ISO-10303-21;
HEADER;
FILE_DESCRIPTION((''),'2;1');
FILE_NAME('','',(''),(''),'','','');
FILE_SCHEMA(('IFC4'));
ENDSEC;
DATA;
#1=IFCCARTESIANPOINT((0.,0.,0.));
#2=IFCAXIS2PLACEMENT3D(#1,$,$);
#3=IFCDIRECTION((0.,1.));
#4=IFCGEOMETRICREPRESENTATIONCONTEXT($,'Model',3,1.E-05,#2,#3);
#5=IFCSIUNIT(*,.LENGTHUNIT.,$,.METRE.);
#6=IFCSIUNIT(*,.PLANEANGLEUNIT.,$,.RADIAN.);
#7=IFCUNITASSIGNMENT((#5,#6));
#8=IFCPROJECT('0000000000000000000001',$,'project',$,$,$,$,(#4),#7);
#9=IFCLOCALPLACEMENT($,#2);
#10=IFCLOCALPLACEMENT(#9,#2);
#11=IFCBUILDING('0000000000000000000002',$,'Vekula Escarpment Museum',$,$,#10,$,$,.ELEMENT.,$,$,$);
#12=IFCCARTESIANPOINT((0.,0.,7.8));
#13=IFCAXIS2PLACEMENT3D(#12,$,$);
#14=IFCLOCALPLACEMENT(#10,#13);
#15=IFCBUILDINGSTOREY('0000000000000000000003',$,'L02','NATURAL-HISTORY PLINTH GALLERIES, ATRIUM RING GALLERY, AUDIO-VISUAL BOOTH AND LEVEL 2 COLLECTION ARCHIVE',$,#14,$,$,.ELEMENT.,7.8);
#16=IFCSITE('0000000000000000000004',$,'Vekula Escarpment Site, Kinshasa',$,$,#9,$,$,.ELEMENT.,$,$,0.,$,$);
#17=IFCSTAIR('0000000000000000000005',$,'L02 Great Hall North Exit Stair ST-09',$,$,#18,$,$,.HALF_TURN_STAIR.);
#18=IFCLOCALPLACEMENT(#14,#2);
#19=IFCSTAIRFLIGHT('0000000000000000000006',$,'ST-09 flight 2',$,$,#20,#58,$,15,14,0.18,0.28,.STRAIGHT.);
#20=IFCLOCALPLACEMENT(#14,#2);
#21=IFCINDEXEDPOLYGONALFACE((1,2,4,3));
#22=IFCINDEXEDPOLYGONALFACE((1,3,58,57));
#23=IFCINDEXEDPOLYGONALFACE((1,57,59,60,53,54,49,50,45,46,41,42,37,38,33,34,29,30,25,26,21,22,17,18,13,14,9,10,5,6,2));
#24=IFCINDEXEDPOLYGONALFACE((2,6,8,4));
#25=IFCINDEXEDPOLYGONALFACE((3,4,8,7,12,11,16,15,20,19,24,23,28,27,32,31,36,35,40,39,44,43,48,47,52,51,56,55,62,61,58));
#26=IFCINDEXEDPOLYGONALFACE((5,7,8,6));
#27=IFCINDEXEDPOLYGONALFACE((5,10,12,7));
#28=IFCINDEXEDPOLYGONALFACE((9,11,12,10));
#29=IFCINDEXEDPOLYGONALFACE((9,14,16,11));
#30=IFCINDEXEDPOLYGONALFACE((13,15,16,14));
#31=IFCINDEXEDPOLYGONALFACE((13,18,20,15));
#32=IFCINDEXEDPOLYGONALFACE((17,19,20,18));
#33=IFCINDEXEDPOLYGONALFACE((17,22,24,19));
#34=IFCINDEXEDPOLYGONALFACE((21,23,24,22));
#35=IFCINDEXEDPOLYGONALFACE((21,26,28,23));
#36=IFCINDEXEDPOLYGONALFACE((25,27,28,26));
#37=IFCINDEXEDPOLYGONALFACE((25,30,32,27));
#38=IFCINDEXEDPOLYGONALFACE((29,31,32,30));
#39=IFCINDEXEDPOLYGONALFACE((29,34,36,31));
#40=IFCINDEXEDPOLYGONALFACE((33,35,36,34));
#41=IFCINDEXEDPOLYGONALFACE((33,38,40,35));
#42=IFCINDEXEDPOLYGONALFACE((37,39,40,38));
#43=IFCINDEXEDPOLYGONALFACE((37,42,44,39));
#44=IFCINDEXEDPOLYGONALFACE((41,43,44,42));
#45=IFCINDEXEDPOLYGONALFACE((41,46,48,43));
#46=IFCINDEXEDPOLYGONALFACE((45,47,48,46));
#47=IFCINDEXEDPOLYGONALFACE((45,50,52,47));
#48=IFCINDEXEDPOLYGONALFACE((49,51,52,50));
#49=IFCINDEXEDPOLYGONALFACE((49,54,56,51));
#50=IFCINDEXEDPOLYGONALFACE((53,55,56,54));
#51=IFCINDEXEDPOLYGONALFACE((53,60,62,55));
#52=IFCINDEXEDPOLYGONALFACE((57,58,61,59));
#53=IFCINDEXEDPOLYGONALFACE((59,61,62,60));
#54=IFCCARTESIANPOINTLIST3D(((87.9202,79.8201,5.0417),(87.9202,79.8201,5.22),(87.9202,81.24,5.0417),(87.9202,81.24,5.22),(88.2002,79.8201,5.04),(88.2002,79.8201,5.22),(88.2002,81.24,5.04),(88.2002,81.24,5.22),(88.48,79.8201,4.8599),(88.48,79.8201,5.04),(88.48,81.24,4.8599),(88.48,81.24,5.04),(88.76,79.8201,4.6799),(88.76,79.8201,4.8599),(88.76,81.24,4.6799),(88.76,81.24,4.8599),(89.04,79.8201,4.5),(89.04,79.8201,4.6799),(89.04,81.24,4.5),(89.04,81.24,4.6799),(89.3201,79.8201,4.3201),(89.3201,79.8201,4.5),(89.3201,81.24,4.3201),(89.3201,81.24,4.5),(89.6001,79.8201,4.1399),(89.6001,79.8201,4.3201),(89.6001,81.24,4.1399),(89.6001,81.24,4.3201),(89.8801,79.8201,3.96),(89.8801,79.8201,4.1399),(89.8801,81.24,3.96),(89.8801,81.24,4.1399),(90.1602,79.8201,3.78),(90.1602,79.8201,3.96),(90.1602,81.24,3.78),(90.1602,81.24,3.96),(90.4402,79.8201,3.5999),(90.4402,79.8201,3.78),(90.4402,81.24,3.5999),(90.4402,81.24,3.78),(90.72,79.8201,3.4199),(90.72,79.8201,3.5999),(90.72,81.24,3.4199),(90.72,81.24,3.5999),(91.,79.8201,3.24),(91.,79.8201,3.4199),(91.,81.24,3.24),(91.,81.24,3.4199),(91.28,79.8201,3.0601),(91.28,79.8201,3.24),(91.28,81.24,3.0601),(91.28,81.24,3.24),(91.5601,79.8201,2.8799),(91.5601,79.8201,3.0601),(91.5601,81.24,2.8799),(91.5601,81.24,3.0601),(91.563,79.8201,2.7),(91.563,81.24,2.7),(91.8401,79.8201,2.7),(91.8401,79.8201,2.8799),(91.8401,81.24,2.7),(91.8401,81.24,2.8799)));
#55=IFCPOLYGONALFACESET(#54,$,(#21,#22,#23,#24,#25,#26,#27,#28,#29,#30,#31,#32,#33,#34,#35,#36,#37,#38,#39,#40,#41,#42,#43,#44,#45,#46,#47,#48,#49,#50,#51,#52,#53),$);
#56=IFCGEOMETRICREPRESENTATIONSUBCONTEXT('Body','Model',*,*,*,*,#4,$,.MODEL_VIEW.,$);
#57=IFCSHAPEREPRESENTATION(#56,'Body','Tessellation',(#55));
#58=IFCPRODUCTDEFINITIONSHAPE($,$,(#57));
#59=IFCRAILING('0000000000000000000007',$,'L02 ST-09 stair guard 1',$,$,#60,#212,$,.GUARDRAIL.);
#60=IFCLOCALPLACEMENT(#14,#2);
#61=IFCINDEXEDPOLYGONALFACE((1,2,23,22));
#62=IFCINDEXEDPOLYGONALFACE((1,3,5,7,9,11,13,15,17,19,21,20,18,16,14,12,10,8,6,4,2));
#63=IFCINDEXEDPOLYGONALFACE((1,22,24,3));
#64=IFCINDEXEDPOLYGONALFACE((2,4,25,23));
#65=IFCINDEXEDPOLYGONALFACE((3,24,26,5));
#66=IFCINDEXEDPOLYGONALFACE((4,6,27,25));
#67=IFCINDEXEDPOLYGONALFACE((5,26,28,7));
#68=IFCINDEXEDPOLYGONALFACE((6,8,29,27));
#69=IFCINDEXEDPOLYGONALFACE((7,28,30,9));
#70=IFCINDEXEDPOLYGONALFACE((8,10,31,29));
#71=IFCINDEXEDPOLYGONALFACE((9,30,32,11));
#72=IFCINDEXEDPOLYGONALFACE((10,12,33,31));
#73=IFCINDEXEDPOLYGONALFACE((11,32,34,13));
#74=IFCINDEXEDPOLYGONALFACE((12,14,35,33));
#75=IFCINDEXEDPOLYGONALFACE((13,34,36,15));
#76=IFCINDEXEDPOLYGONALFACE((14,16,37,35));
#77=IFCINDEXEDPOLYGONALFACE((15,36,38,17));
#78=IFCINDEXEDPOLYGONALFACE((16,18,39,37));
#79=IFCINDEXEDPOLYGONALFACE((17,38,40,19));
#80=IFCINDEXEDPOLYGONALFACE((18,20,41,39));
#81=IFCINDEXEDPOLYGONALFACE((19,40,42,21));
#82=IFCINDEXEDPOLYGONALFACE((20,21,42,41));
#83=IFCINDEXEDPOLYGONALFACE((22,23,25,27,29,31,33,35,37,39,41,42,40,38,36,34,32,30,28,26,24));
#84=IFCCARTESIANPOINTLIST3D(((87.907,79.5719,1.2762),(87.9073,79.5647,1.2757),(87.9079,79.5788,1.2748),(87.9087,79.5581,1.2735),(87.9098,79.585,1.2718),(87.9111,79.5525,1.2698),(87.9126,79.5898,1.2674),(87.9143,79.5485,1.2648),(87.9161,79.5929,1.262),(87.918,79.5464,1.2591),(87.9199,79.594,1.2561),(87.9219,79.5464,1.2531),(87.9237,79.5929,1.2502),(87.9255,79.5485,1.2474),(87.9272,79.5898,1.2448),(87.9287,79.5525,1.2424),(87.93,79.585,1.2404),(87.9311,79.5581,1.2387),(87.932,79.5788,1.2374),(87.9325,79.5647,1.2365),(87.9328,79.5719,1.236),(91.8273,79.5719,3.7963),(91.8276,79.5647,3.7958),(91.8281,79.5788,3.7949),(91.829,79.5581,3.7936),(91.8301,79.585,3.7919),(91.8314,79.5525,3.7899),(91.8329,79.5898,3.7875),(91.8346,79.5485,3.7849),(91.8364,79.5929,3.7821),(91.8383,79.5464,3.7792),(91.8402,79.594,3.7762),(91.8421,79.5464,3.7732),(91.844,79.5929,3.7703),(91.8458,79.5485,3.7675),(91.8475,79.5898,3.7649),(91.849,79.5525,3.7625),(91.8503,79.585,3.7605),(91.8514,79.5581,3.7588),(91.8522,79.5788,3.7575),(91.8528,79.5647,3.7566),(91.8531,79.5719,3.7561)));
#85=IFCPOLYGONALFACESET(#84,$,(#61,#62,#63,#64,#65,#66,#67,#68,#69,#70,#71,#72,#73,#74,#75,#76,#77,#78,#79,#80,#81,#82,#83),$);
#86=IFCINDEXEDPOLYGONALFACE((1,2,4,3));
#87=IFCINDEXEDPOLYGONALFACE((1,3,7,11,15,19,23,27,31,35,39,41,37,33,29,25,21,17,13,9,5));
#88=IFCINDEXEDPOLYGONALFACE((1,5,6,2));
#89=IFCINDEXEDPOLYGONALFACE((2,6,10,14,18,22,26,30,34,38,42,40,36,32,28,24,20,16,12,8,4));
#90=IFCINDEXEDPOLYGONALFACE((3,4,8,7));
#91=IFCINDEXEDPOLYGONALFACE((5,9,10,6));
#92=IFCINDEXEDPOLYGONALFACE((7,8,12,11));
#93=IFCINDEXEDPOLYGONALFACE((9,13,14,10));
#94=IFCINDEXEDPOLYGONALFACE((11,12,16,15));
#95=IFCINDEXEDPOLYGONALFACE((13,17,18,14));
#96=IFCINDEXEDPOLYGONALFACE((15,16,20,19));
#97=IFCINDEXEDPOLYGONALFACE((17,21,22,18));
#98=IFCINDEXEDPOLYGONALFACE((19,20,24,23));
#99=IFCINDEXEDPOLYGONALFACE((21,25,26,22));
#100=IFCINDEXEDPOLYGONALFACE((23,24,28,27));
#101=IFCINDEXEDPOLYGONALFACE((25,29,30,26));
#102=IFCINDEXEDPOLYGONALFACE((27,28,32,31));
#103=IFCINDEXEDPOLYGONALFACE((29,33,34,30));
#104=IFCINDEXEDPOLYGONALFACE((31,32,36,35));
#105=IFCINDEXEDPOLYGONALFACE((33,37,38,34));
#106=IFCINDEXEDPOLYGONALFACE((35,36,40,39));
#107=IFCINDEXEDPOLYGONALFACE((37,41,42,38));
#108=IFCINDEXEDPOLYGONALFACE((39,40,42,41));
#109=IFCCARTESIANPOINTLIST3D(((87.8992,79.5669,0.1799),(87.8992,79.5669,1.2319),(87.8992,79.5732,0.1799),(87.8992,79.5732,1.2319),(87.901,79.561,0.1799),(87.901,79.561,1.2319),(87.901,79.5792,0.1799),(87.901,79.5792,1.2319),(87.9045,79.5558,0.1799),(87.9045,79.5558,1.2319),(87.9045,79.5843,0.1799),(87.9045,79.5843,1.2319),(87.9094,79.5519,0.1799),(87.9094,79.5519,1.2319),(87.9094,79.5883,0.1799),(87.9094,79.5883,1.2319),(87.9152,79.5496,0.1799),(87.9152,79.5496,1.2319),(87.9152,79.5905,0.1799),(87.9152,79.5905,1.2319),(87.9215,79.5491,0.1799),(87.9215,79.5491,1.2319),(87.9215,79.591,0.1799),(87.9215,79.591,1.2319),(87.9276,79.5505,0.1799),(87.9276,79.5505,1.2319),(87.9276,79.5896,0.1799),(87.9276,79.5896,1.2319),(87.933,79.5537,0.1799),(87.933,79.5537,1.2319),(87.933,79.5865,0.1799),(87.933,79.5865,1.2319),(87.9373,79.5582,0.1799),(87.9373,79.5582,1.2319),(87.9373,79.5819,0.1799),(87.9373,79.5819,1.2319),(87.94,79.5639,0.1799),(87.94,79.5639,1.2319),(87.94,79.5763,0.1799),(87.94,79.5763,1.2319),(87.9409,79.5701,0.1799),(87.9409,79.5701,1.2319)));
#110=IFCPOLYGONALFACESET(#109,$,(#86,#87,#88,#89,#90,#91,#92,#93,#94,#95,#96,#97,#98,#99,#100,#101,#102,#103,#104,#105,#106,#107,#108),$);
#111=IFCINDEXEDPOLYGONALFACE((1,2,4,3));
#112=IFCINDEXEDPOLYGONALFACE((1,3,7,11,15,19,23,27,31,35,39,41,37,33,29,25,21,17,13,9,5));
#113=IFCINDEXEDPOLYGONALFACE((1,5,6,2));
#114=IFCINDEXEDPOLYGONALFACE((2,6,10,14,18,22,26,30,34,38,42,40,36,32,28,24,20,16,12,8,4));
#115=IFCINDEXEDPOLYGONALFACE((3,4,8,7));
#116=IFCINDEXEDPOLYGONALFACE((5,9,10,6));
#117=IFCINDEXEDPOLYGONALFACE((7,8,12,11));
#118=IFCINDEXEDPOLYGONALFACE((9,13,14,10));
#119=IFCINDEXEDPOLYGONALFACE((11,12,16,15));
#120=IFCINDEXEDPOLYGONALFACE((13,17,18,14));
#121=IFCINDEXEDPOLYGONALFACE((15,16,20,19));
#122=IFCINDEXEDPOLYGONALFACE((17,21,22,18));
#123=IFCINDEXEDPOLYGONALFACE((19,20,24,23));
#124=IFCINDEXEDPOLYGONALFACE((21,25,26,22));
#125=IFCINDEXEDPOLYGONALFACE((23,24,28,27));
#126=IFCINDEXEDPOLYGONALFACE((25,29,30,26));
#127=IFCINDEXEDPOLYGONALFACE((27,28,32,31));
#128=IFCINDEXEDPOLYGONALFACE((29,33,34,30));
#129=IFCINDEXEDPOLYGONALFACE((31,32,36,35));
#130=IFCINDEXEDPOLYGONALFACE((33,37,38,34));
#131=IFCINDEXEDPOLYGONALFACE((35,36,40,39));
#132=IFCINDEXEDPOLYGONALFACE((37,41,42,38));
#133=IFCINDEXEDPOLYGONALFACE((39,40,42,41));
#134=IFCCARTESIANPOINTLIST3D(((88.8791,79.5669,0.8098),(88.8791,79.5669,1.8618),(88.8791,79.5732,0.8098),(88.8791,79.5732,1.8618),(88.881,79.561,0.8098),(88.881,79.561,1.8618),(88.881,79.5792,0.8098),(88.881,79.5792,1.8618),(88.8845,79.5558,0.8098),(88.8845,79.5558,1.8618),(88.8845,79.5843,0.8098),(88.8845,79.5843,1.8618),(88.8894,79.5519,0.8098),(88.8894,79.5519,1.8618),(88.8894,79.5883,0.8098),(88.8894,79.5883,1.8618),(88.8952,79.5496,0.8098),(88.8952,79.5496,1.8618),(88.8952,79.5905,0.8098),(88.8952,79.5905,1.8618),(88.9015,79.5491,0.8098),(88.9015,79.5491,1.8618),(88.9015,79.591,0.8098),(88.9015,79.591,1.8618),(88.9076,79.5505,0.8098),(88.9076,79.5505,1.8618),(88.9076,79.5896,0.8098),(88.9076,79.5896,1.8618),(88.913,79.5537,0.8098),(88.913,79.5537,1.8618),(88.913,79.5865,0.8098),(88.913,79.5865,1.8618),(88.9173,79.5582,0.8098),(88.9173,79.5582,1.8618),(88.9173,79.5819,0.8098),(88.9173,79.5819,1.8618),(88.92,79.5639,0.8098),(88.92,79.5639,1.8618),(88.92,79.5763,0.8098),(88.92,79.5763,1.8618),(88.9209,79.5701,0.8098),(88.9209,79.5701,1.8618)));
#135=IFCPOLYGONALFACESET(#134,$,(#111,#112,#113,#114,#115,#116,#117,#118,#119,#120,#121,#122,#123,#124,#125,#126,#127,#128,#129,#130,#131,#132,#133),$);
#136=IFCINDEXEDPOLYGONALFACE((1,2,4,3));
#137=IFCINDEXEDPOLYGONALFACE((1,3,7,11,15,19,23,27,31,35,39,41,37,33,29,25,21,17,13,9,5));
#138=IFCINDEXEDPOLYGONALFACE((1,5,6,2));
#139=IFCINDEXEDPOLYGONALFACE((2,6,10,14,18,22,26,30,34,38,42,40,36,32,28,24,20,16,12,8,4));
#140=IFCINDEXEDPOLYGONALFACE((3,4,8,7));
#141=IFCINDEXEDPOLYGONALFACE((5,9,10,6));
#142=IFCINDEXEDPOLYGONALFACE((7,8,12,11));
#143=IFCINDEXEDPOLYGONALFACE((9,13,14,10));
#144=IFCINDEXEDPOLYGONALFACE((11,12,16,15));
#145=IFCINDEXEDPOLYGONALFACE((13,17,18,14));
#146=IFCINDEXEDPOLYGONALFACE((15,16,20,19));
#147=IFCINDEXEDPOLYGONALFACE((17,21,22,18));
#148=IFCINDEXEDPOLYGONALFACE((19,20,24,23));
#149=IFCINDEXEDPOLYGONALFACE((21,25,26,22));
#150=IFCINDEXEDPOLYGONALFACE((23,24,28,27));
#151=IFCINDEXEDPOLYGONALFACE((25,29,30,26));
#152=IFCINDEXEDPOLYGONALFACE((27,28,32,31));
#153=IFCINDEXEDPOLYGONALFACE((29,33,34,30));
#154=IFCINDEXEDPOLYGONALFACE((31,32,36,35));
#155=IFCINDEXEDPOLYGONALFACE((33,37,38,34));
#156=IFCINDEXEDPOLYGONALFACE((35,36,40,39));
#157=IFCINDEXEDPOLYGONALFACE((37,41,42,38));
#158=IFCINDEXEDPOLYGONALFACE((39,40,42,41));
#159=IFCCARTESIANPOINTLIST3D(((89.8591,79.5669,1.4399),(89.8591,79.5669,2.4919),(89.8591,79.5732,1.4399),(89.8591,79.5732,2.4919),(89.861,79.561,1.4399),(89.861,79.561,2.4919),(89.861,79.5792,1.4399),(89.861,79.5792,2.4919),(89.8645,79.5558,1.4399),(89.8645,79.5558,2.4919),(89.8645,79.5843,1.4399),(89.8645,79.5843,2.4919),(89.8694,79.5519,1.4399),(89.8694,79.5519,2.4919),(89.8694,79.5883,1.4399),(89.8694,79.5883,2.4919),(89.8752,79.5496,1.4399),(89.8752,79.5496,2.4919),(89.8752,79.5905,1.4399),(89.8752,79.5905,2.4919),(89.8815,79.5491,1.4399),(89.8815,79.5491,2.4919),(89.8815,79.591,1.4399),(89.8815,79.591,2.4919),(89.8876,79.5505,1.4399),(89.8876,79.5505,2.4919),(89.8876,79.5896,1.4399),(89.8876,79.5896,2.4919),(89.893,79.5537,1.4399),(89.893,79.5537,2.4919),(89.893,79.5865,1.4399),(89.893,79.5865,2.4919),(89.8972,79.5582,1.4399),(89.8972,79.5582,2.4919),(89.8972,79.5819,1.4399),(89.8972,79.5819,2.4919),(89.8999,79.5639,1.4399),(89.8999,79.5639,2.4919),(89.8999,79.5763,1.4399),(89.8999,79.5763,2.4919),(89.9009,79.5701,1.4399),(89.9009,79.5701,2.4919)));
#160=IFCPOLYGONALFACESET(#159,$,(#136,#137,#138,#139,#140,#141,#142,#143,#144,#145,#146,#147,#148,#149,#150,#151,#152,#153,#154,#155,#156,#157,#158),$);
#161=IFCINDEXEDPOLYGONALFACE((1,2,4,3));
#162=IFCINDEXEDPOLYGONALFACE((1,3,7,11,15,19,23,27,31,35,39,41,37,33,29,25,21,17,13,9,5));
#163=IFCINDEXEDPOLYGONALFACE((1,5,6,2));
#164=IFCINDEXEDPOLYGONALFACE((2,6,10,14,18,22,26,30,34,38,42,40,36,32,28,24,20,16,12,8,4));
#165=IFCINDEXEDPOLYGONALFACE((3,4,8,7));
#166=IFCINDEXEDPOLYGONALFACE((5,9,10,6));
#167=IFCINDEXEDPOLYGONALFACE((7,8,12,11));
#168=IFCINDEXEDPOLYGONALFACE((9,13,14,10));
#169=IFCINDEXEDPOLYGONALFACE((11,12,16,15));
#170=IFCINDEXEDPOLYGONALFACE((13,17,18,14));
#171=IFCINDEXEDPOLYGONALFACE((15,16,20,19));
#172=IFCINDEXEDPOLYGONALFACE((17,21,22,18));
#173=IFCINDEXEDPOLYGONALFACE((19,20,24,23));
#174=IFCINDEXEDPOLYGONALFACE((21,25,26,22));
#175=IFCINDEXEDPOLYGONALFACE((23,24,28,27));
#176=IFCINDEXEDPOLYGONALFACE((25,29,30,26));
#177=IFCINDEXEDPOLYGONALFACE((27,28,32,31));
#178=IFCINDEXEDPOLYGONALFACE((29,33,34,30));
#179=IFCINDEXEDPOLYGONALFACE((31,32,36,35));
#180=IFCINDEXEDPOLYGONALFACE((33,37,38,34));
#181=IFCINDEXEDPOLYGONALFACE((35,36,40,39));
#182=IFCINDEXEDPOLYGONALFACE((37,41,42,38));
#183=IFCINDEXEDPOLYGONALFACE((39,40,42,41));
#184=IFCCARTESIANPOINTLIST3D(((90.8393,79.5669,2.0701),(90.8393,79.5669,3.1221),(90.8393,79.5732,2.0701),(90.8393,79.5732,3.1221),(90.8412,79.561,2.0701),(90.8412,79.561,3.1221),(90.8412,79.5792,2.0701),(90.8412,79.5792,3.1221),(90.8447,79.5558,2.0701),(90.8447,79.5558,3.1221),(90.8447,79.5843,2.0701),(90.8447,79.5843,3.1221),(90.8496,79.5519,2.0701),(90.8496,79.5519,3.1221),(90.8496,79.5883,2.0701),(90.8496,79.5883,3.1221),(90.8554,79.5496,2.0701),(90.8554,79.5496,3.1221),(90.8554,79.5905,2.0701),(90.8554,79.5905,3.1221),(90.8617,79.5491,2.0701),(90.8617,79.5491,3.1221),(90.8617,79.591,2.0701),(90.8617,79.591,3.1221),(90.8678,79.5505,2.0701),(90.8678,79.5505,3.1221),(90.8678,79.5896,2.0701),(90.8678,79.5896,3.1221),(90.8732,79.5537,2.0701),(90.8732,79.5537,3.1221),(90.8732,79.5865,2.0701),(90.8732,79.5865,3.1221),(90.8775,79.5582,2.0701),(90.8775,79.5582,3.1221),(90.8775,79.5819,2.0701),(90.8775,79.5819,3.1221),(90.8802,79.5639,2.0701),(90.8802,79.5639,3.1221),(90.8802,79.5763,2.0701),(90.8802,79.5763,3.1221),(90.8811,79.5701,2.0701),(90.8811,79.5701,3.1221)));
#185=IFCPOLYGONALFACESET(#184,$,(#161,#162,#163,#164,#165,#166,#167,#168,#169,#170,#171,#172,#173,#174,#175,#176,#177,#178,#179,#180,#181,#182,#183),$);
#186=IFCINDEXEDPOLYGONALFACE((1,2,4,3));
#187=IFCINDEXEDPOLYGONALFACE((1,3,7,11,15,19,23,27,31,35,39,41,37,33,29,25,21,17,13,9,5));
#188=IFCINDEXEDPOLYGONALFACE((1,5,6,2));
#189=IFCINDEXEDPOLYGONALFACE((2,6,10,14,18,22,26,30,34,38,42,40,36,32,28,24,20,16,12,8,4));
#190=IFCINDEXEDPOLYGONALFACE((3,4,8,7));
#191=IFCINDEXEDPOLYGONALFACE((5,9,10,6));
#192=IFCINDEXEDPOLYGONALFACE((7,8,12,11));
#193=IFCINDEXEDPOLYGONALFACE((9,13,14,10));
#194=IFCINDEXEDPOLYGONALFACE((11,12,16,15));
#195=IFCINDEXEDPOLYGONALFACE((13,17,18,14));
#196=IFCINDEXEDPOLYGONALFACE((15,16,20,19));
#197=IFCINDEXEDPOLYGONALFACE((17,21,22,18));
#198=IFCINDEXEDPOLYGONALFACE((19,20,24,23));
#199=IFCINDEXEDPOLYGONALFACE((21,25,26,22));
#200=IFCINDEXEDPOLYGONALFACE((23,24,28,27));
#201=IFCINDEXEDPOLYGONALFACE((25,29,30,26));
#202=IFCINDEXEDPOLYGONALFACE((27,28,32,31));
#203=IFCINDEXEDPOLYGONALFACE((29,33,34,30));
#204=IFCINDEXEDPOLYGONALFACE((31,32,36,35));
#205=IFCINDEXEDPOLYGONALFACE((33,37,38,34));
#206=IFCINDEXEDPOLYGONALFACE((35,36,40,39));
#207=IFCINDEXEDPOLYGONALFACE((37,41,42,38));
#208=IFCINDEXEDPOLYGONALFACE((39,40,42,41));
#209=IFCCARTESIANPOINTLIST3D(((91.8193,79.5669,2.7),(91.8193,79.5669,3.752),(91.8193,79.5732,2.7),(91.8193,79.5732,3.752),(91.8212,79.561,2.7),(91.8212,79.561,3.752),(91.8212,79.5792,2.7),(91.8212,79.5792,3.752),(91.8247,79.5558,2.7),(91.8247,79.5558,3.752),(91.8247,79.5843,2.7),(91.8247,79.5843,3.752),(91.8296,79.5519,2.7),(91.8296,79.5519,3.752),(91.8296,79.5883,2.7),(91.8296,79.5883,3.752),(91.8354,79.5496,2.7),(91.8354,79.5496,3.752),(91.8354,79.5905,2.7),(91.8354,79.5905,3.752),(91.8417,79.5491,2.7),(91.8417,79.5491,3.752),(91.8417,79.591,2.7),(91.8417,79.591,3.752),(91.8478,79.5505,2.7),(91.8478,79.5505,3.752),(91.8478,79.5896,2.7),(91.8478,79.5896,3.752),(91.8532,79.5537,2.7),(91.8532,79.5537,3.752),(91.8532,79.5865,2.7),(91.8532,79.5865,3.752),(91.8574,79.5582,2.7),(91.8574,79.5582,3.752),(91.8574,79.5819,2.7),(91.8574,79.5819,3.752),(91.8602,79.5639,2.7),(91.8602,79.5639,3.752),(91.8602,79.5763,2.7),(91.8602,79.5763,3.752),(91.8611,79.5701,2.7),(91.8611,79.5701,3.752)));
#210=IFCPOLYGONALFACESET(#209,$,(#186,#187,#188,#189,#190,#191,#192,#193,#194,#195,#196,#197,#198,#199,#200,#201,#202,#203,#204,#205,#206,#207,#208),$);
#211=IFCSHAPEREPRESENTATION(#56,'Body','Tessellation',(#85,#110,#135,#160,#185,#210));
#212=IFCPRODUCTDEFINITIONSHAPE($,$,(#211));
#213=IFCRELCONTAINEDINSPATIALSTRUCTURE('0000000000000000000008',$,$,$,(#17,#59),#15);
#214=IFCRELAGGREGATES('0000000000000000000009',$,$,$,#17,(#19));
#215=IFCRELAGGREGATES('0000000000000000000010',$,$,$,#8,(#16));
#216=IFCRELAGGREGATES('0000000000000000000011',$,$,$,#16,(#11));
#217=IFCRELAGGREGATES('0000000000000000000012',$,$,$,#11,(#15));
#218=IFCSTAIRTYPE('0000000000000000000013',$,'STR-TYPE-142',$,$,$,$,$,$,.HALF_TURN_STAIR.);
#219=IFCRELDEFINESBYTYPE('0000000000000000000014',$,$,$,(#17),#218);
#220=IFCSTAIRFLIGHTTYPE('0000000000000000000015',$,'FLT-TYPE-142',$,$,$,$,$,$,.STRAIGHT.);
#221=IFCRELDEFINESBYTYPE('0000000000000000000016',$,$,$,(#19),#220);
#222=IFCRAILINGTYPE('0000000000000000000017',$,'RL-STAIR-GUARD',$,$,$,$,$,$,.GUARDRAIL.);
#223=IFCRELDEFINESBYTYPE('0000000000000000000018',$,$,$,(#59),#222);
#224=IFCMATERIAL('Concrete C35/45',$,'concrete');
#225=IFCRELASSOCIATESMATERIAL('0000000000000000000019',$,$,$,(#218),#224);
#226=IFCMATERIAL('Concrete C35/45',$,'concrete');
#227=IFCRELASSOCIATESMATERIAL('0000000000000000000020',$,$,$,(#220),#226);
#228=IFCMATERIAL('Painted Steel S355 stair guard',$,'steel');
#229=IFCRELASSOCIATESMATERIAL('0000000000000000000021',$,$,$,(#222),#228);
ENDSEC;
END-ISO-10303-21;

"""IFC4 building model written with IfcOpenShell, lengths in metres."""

from ifc_helpers import new_model, si_unit, direction, frame, origin, origin_2d, place, context, subcontext, project, spatial, polyline, circle, outline, extrude, material, type_object, element, aggregate, save


model = new_model("IFC4")

# Units and contexts
model_context = context("Model", 3, precision=1e-05, world=origin(), true_north=direction((0.0, 1.0)))
body_context = subcontext(model_context, "Body", "Model", "MODEL_VIEW")
ifc_project = project(units=[si_unit("LENGTHUNIT", "METRE"), si_unit("PLANEANGLEUNIT", "RADIAN")], contexts=[model_context])

# Site, building, storey
site_placement = place(None, origin())
site = spatial("IfcSite", under=ifc_project, at=site_placement, Name="Vekula Escarpment Site, Kinshasa", CompositionType="ELEMENT", RefElevation=0.0)
building_placement = place(site_placement, origin())
building = spatial("IfcBuilding", under=site, at=building_placement, Name="Vekula Escarpment Museum", CompositionType="ELEMENT")
storey_placement = place(building_placement, frame((0.0, 0.0, 7.8)))
storey = spatial("IfcBuildingStorey", under=building, at=storey_placement, Name="L02", Description="NATURAL-HISTORY PLINTH GALLERIES, ATRIUM RING GALLERY, AUDIO-VISUAL BOOTH AND LEVEL 2 COLLECTION ARCHIVE", CompositionType="ELEMENT", Elevation=7.8)

# Stair, stair flight
ifc_material_1 = material(Name="Concrete C35/45", Category="concrete")
stair_type = type_object("IfcStairType", Name="STR-TYPE-142", PredefinedType="HALF_TURN_STAIR", material=ifc_material_1)
stair_placement = place(storey_placement, origin())
stair = element("IfcStair", 1, at=stair_placement, inside=storey, type_object=stair_type, Name="L02 Great Hall North Exit Stair ST-09", PredefinedType="HALF_TURN_STAIR")
ifc_material_2 = material(Name="Concrete C35/45", Category="concrete")
stair_flight_type = type_object("IfcStairFlightType", Name="FLT-TYPE-142", PredefinedType="STRAIGHT", material=ifc_material_2)
stair_flight_1_placement = place(storey_placement, frame((91.8401, 80.53, 2.7), z_axis=(0.0, 0.0, 1.0), x_axis=(-1.0, 0.0, 0.0)))
stair_flight_1 = element("IfcStairFlight", 2, at=stair_flight_1_placement, type_object=stair_flight_type, Name="ST-09 flight 2", NumberOfRisers=15, NumberOfTreads=14, PredefinedType="STRAIGHT", RiserHeight=0.18, TreadLength=0.28, context=body_context, shape_type="SweptSolid", body=[
    extrude(outline(polyline([(0.0, 0.0), (0.0, 0.1799), (0.28, 0.1799), (0.28, 0.3601), (0.5601, 0.3601), (0.5601, 0.54), (0.8401, 0.54), (0.8401, 0.72), (1.1201, 0.72), (1.1201, 0.8999), (1.3999, 0.8999), (1.3999, 1.0801), (1.6799, 1.0801), (1.6799, 1.26), (1.96, 1.26), (1.96, 1.4399), (2.24, 1.4399), (2.24, 1.6201), (2.52, 1.6201), (2.52, 1.8), (2.8, 1.8), (2.8, 1.98), (3.0801, 1.98), (3.0801, 2.1599), (3.3601, 2.1599), (3.3601, 2.3401), (3.6399, 2.3401), (3.6399, 2.52), (3.9199, 2.52), (3.9199, 2.7), (3.9199, 2.3418), (0.2771, 0.0), (0.0, 0.0)])), frame((0.0, 0.71, 0.0), z_axis=(0.0, -1.0, 0.0), x_axis=(1.0, 0.0, 0.0)), (0.0, 0.0, 1.0), 1.4199),
])
aggregate(stair, [stair_flight_1])

# Railing
ifc_material_3 = material(Name="Painted Steel S355 stair guard", Category="steel")
railing_type_1 = type_object("IfcRailingType", Name="RL-STAIR-GUARD", PredefinedType="GUARDRAIL", material=ifc_material_3)
railing_1_placement = place(storey_placement, frame((87.9199, 79.5701, 0.1799)))
element("IfcRailing", 3, at=railing_1_placement, inside=storey, type_object=railing_type_1, Name="L02 ST-09 stair guard 1", PredefinedType="GUARDRAIL", context=body_context, shape_type="SweptSolid", body=[
    extrude(circle(Radius=0.0239, at=origin_2d()), frame((0.0, 0.0, 1.0762), z_axis=(0.841187, 0.0, 0.540744), x_axis=(0.0, 1.0, 0.0)), (0.0, 0.0, 1.0), 4.6604),
    extrude(circle(Radius=0.021, at=origin_2d()), origin(), (0.0, 0.0, 1.0), 1.052),
    extrude(circle(Radius=0.021, at=origin_2d()), frame((0.98, 0.0, 0.6299)), (0.0, 0.0, 1.0), 1.052),
    extrude(circle(Radius=0.021, at=origin_2d()), frame((1.96, 0.0, 1.26)), (0.0, 0.0, 1.0), 1.052),
    extrude(circle(Radius=0.021, at=origin_2d()), frame((2.9402, 0.0, 1.8901)), (0.0, 0.0, 1.0), 1.052),
    extrude(circle(Radius=0.021, at=origin_2d()), frame((3.9202, 0.0, 2.52)), (0.0, 0.0, 1.0), 1.052),
])

save(model, "model.ifc")
